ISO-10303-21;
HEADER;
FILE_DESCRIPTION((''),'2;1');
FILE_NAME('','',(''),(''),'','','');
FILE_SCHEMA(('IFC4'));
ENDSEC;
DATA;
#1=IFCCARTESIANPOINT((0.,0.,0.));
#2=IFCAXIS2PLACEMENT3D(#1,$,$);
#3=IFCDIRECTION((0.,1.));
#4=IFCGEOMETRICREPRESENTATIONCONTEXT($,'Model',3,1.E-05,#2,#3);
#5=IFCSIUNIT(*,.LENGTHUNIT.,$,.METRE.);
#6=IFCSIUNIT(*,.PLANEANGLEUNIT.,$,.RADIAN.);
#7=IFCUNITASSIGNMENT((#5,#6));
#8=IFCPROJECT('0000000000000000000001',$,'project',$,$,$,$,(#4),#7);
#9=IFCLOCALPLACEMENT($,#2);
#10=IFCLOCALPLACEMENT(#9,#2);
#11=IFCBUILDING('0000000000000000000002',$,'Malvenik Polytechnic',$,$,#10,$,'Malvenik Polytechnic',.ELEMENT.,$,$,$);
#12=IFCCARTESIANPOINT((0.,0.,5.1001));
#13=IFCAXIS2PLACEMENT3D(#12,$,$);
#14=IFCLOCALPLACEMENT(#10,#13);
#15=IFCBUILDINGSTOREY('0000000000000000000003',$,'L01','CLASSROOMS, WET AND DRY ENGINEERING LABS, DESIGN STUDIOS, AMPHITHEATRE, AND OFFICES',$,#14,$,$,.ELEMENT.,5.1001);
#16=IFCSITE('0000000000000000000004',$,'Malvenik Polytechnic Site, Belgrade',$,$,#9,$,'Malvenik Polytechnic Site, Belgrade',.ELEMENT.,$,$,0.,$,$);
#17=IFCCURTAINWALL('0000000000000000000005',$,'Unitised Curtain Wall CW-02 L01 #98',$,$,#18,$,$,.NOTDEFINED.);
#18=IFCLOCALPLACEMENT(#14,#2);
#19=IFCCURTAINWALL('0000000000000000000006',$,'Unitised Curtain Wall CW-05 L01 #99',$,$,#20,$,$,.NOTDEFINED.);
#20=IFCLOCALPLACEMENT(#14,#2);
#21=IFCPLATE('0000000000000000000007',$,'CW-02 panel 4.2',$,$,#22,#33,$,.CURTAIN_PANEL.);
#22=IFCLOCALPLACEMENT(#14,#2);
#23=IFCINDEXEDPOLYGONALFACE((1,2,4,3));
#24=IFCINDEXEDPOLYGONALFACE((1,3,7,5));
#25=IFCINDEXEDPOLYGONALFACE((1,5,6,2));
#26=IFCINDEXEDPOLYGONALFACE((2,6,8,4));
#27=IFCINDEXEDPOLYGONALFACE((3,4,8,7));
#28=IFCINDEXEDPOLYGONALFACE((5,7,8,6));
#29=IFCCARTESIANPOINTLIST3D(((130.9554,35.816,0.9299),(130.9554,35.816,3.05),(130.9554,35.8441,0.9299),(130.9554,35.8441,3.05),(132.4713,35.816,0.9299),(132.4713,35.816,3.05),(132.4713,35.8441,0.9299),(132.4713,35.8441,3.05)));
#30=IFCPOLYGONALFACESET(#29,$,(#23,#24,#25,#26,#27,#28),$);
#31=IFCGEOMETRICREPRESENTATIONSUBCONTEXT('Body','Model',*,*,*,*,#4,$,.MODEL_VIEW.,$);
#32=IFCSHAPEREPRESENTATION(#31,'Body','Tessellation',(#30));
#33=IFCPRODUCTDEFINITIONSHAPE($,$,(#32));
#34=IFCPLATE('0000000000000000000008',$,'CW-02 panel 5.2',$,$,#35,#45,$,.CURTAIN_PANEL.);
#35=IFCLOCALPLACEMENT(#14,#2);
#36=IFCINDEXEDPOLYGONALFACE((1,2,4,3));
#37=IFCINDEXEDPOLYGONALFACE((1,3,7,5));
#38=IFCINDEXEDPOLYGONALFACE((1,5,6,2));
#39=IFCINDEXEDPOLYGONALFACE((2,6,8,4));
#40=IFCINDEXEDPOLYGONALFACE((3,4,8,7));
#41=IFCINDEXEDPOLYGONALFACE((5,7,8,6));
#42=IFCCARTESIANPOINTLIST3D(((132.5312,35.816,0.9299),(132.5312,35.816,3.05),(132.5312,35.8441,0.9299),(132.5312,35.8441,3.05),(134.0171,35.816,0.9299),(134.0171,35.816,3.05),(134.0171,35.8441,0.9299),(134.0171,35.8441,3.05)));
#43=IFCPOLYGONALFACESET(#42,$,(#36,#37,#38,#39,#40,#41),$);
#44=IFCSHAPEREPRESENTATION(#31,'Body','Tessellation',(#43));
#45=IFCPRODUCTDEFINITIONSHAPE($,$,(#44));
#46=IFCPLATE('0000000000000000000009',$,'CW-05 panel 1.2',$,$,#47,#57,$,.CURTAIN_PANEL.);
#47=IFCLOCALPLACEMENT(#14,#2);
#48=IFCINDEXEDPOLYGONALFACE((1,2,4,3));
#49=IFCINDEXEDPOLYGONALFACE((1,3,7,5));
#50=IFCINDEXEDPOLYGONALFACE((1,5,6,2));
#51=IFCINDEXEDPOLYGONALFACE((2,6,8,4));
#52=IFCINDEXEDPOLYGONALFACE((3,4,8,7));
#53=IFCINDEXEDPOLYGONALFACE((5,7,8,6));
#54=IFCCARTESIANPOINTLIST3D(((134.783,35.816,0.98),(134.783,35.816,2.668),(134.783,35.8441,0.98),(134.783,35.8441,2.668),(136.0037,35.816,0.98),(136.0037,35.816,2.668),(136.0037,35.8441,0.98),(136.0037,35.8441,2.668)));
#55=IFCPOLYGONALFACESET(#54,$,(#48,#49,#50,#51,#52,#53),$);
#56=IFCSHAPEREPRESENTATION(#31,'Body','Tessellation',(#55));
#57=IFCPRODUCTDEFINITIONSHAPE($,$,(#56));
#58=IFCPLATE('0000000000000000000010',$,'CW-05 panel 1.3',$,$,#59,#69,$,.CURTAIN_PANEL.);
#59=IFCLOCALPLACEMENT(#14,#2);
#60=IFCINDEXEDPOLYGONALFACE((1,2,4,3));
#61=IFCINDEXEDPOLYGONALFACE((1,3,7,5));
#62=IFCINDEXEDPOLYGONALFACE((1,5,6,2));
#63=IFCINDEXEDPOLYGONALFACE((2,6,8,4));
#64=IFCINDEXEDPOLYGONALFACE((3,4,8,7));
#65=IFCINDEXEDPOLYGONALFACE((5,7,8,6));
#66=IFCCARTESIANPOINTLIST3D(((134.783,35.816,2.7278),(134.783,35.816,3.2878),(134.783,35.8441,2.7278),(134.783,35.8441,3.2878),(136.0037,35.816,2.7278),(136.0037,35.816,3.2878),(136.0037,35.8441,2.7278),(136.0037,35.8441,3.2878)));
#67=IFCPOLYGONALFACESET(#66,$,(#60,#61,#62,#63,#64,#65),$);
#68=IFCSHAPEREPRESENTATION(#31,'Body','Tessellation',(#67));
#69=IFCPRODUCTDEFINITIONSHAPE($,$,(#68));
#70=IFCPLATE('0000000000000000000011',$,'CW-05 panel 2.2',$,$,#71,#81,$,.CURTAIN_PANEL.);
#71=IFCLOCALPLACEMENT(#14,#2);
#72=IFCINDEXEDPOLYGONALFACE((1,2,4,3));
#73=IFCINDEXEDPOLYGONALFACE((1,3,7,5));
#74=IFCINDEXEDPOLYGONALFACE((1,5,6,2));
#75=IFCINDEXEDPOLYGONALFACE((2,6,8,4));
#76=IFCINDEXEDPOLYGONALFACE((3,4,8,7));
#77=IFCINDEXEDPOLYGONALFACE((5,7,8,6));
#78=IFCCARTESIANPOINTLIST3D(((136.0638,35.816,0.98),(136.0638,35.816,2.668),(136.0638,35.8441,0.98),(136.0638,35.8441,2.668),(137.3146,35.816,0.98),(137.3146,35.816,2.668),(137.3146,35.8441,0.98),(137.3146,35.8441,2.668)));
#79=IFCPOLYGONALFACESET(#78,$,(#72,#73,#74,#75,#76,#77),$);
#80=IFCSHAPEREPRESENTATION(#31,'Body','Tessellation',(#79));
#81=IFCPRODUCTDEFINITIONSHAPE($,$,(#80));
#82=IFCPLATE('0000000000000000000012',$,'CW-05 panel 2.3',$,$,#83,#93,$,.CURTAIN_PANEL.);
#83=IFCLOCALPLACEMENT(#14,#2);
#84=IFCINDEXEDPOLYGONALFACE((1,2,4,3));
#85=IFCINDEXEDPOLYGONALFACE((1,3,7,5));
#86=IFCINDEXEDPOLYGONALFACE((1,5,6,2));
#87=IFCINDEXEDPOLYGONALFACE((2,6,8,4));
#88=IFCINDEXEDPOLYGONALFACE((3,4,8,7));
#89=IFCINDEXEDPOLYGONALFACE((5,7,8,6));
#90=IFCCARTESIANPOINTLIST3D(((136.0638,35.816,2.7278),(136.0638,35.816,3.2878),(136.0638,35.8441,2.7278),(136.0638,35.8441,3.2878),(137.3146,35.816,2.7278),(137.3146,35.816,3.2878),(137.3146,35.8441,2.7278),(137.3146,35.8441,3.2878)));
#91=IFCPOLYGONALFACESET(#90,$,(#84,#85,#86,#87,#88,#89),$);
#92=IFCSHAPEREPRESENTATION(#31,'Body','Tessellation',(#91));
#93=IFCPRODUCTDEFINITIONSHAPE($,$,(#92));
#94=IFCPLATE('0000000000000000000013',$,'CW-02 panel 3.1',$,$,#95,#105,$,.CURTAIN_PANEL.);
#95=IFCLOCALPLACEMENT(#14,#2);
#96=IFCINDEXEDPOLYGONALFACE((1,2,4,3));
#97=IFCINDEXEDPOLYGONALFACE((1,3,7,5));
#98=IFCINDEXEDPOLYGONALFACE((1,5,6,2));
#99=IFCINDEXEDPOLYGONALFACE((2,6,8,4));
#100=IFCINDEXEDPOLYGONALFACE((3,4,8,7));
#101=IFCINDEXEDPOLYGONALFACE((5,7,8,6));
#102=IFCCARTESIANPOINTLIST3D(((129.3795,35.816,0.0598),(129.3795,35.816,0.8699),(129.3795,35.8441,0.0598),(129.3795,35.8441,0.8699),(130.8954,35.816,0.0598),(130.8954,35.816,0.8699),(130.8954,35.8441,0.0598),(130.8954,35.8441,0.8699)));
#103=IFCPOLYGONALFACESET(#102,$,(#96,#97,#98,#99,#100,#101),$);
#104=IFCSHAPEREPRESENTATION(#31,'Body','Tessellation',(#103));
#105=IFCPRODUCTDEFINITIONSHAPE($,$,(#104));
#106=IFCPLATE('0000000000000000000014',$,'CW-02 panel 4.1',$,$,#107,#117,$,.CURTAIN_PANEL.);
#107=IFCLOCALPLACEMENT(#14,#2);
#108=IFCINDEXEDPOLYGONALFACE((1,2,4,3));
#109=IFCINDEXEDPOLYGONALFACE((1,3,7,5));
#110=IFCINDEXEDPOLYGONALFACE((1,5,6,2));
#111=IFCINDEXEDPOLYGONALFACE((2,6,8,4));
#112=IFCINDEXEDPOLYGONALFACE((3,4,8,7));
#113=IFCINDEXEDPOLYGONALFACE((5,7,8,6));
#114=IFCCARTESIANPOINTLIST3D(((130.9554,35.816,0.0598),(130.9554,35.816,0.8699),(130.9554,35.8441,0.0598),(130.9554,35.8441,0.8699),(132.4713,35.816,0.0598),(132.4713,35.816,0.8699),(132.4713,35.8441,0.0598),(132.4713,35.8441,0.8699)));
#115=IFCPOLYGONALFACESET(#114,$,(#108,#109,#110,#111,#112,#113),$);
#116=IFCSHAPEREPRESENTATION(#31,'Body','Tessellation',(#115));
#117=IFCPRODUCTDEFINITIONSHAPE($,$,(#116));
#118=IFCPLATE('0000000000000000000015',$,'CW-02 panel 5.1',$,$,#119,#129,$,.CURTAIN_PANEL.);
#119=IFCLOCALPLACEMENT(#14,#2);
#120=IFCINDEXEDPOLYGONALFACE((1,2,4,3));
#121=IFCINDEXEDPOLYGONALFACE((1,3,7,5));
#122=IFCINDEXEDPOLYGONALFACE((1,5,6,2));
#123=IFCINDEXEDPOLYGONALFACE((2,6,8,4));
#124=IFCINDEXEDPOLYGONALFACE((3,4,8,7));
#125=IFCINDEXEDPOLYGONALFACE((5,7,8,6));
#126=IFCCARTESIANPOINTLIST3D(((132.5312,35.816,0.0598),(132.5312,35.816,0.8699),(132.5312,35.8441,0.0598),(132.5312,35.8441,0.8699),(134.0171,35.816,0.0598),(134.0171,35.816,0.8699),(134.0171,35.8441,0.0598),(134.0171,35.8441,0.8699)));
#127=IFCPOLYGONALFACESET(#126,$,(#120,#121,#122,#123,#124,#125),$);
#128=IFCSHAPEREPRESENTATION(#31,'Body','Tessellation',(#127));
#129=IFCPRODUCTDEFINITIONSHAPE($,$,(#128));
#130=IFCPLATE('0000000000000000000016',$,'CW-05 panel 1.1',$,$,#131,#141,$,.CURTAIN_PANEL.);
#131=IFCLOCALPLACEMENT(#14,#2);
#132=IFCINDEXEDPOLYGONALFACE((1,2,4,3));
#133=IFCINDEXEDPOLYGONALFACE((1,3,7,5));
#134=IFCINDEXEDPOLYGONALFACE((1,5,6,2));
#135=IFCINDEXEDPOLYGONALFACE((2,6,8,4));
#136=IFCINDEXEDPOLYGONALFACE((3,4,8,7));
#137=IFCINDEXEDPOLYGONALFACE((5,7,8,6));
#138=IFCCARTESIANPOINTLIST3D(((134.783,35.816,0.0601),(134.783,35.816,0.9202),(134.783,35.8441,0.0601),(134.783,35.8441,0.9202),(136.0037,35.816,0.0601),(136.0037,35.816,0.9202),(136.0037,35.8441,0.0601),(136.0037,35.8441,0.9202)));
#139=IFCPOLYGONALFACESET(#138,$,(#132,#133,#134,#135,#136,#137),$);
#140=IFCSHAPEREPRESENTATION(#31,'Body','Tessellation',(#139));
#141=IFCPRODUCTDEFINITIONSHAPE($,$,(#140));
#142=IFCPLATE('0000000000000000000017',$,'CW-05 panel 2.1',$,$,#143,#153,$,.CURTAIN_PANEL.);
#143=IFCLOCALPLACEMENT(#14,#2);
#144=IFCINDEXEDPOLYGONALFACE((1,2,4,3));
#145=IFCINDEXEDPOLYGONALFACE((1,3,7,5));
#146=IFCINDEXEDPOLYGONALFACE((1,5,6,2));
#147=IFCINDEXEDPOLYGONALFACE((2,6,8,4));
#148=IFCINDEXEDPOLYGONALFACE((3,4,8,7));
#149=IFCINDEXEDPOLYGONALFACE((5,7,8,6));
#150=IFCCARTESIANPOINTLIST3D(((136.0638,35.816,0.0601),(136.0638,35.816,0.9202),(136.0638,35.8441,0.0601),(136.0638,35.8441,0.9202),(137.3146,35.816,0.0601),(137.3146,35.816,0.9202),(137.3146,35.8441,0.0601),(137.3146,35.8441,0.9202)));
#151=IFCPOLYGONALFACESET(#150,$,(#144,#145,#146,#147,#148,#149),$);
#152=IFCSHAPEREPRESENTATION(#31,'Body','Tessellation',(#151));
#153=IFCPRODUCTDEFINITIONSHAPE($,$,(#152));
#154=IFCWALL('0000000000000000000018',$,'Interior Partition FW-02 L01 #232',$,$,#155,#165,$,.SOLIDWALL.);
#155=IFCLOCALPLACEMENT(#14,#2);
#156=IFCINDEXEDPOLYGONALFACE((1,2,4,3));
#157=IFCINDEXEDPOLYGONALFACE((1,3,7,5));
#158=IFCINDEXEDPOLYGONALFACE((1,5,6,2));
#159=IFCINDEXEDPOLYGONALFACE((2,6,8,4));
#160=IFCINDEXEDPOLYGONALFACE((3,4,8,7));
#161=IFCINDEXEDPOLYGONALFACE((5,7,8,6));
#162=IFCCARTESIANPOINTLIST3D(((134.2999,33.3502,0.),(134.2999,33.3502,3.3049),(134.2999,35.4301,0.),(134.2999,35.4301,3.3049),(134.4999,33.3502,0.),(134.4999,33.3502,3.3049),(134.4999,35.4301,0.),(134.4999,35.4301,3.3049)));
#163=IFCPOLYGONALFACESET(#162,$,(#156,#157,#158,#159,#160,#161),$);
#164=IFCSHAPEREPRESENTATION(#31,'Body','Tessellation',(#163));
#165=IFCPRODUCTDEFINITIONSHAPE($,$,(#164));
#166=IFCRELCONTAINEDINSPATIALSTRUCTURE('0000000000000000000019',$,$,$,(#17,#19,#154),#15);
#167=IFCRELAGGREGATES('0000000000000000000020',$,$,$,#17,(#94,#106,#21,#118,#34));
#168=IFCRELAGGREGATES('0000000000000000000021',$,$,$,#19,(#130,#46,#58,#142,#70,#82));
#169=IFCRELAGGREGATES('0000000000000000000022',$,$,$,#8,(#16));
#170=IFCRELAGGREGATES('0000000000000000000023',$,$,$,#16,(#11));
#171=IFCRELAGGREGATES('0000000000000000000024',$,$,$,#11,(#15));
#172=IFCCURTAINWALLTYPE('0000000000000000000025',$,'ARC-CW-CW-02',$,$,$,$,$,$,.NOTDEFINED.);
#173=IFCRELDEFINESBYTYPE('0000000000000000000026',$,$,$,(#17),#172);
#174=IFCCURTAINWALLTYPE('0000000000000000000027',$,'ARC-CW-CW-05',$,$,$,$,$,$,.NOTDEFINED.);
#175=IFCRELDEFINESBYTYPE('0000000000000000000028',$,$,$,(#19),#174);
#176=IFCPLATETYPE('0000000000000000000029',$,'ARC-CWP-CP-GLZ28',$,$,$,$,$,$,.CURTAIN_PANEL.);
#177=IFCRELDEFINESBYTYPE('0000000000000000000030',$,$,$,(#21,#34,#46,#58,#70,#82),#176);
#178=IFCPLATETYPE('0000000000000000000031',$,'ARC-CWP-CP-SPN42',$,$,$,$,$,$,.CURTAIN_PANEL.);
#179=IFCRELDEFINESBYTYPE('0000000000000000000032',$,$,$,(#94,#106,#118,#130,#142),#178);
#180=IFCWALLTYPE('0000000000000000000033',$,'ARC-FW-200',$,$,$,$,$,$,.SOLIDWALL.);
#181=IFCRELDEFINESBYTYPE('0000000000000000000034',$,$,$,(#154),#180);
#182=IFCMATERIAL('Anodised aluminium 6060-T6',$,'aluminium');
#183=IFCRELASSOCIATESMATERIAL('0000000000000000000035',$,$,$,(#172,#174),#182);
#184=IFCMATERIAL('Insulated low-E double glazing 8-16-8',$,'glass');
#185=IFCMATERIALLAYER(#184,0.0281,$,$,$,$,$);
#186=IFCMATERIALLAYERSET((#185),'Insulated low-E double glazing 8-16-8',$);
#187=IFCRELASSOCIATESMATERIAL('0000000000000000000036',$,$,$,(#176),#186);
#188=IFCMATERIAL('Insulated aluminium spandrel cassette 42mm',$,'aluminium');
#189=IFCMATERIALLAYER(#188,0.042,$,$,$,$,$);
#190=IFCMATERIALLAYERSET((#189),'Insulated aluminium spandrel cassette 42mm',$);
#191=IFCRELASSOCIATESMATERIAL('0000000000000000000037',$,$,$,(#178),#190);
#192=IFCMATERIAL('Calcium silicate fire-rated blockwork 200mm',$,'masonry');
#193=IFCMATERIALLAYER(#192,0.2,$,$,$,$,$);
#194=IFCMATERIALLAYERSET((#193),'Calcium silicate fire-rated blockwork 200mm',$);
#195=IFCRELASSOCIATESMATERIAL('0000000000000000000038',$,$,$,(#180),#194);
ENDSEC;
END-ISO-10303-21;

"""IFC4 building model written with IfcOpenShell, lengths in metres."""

from ifc_helpers import new_model, si_unit, direction, frame, frame_2d, origin, origin_2d, place, context, subcontext, project, spatial, rectangle, extrude, material, layer, layer_set, type_object, element, aggregate, save


model = new_model("IFC4")

# Units and contexts
model_context = context("Model", 3, precision=1e-05, world=origin(), true_north=direction((0.0, 1.0)))
body_context = subcontext(model_context, "Body", "Model", "MODEL_VIEW")
ifc_project = project(units=[si_unit("LENGTHUNIT", "METRE"), si_unit("PLANEANGLEUNIT", "RADIAN")], contexts=[model_context])

# Site, building, storey
site_placement = place(None, origin())
site = spatial("IfcSite", under=ifc_project, at=site_placement, Name="Malvenik Polytechnic Site, Belgrade", LongName="Malvenik Polytechnic Site, Belgrade", CompositionType="ELEMENT", RefElevation=0.0)
building_placement = place(site_placement, origin())
building = spatial("IfcBuilding", under=site, at=building_placement, Name="Malvenik Polytechnic", LongName="Malvenik Polytechnic", CompositionType="ELEMENT")
storey_placement = place(building_placement, frame((0.0, 0.0, 5.1001)))
storey = spatial("IfcBuildingStorey", under=building, at=storey_placement, Name="L01", Description="CLASSROOMS, WET AND DRY ENGINEERING LABS, DESIGN STUDIOS, AMPHITHEATRE, AND OFFICES", CompositionType="ELEMENT", Elevation=5.1001)

# Curtain walls
ifc_material_1 = material(Name="Anodised aluminium 6060-T6", Category="aluminium")
curtain_wall_type_1 = type_object("IfcCurtainWallType", Name="ARC-CW-CW-02", PredefinedType="NOTDEFINED", material=ifc_material_1)
curtain_wall_1_placement = place(storey_placement, origin())
curtain_wall_1 = element("IfcCurtainWall", 1, at=curtain_wall_1_placement, inside=storey, type_object=curtain_wall_type_1, Name="Unitised Curtain Wall CW-02 L01 #98", PredefinedType="NOTDEFINED")
curtain_wall_type_2 = type_object("IfcCurtainWallType", Name="ARC-CW-CW-05", PredefinedType="NOTDEFINED", material=ifc_material_1)
curtain_wall_2_placement = place(storey_placement, origin())
curtain_wall_2 = element("IfcCurtainWall", 2, at=curtain_wall_2_placement, inside=storey, type_object=curtain_wall_type_2, Name="Unitised Curtain Wall CW-05 L01 #99", PredefinedType="NOTDEFINED")

# Plates
ifc_material_2 = material(Name="Insulated low-E double glazing 8-16-8", Category="glass")
ifc_layer_1 = layer(ifc_material_2, 0.0281)
ifc_layer_set_1 = layer_set([ifc_layer_1], Name="Insulated low-E double glazing 8-16-8")
plate_type_1 = type_object("IfcPlateType", Name="ARC-CWP-CP-GLZ28", PredefinedType="CURTAIN_PANEL", material=ifc_layer_set_1)
plate_1_placement = place(storey_placement, frame((131.7134, 35.8301, 0.9299), z_axis=(0.0, 0.0, 1.0), x_axis=(1.0, 0.0, 0.0)))
plate_1 = element("IfcPlate", 3, at=plate_1_placement, type_object=plate_type_1, Name="CW-02 panel 4.2", PredefinedType="CURTAIN_PANEL", context=body_context, shape_type="SweptSolid", body=[
    extrude(rectangle(XDim=1.5159, YDim=0.0281, at=origin_2d()), origin(), (0.0, 0.0, 1.0), 2.1201),
])
plate_2_placement = place(storey_placement, frame((133.2742, 35.8301, 0.9299), z_axis=(0.0, 0.0, 1.0), x_axis=(1.0, 0.0, 0.0)))
plate_2 = element("IfcPlate", 4, at=plate_2_placement, type_object=plate_type_1, Name="CW-02 panel 5.2", PredefinedType="CURTAIN_PANEL", context=body_context, shape_type="SweptSolid", body=[
    extrude(rectangle(XDim=1.4858, YDim=0.0281, at=origin_2d()), origin(), (0.0, 0.0, 1.0), 2.1201),
])
plate_3_placement = place(storey_placement, frame((135.3933, 35.8301, 0.98), z_axis=(0.0, 0.0, 1.0), x_axis=(1.0, 0.0, 0.0)))
plate_3 = element("IfcPlate", 5, at=plate_3_placement, type_object=plate_type_1, Name="CW-05 panel 1.2", PredefinedType="CURTAIN_PANEL", context=body_context, shape_type="SweptSolid", body=[
    extrude(rectangle(XDim=1.2207, YDim=0.0281, at=origin_2d()), origin(), (0.0, 0.0, 1.0), 1.688),
])
plate_4_placement = place(storey_placement, frame((135.3933, 35.8301, 2.7278), z_axis=(0.0, 0.0, 1.0), x_axis=(1.0, 0.0, 0.0)))
plate_4 = element("IfcPlate", 6, at=plate_4_placement, type_object=plate_type_1, Name="CW-05 panel 1.3", PredefinedType="CURTAIN_PANEL", context=body_context, shape_type="SweptSolid", body=[
    extrude(rectangle(XDim=1.2207, YDim=0.0281, at=origin_2d()), origin(), (0.0, 0.0, 1.0), 0.5601),
])
plate_5_placement = place(storey_placement, frame((136.6892, 35.8301, 0.98), z_axis=(0.0, 0.0, 1.0), x_axis=(1.0, 0.0, 0.0)))
plate_5 = element("IfcPlate", 7, at=plate_5_placement, type_object=plate_type_1, Name="CW-05 panel 2.2", PredefinedType="CURTAIN_PANEL", context=body_context, shape_type="SweptSolid", body=[
    extrude(rectangle(XDim=1.2507, YDim=0.0281, at=origin_2d()), origin(), (0.0, 0.0, 1.0), 1.688),
])
plate_6_placement = place(storey_placement, frame((136.6892, 35.8301, 2.7278), z_axis=(0.0, 0.0, 1.0), x_axis=(1.0, 0.0, 0.0)))
plate_6 = element("IfcPlate", 8, at=plate_6_placement, type_object=plate_type_1, Name="CW-05 panel 2.3", PredefinedType="CURTAIN_PANEL", context=body_context, shape_type="SweptSolid", body=[
    extrude(rectangle(XDim=1.2507, YDim=0.0281, at=origin_2d()), origin(), (0.0, 0.0, 1.0), 0.5601),
])
ifc_material_3 = material(Name="Insulated aluminium spandrel cassette 42mm", Category="aluminium")
ifc_layer_2 = layer(ifc_material_3, 0.042)
ifc_layer_set_2 = layer_set([ifc_layer_2], Name="Insulated aluminium spandrel cassette 42mm")
plate_type_2 = type_object("IfcPlateType", Name="ARC-CWP-CP-SPN42", PredefinedType="CURTAIN_PANEL", material=ifc_layer_set_2)
plate_7_placement = place(storey_placement, frame((130.1375, 35.8301, 0.0598), z_axis=(0.0, 0.0, 1.0), x_axis=(1.0, 0.0, 0.0)))
plate_7 = element("IfcPlate", 9, at=plate_7_placement, type_object=plate_type_2, Name="CW-02 panel 3.1", PredefinedType="CURTAIN_PANEL", context=body_context, shape_type="SweptSolid", body=[
    extrude(rectangle(XDim=1.5159, YDim=0.0281, at=origin_2d()), origin(), (0.0, 0.0, 1.0), 0.8101),
])
plate_8_placement = place(storey_placement, frame((131.7134, 35.8301, 0.0598), z_axis=(0.0, 0.0, 1.0), x_axis=(1.0, 0.0, 0.0)))
plate_8 = element("IfcPlate", 10, at=plate_8_placement, type_object=plate_type_2, Name="CW-02 panel 4.1", PredefinedType="CURTAIN_PANEL", context=body_context, shape_type="SweptSolid", body=[
    extrude(rectangle(XDim=1.5159, YDim=0.0281, at=origin_2d()), origin(), (0.0, 0.0, 1.0), 0.8101),
])
plate_9_placement = place(storey_placement, frame((133.2742, 35.8301, 0.0598), z_axis=(0.0, 0.0, 1.0), x_axis=(1.0, 0.0, 0.0)))
plate_9 = element("IfcPlate", 11, at=plate_9_placement, type_object=plate_type_2, Name="CW-02 panel 5.1", PredefinedType="CURTAIN_PANEL", context=body_context, shape_type="SweptSolid", body=[
    extrude(rectangle(XDim=1.4858, YDim=0.0281, at=origin_2d()), origin(), (0.0, 0.0, 1.0), 0.8101),
])
aggregate(curtain_wall_1, [plate_7, plate_8, plate_1, plate_9, plate_2])
plate_10_placement = place(storey_placement, frame((135.3933, 35.8301, 0.0601), z_axis=(0.0, 0.0, 1.0), x_axis=(1.0, 0.0, 0.0)))
plate_10 = element("IfcPlate", 12, at=plate_10_placement, type_object=plate_type_2, Name="CW-05 panel 1.1", PredefinedType="CURTAIN_PANEL", context=body_context, shape_type="SweptSolid", body=[
    extrude(rectangle(XDim=1.2207, YDim=0.0281, at=origin_2d()), origin(), (0.0, 0.0, 1.0), 0.8601),
])
plate_11_placement = place(storey_placement, frame((136.6892, 35.8301, 0.0601), z_axis=(0.0, 0.0, 1.0), x_axis=(1.0, 0.0, 0.0)))
plate_11 = element("IfcPlate", 13, at=plate_11_placement, type_object=plate_type_2, Name="CW-05 panel 2.1", PredefinedType="CURTAIN_PANEL", context=body_context, shape_type="SweptSolid", body=[
    extrude(rectangle(XDim=1.2507, YDim=0.0281, at=origin_2d()), origin(), (0.0, 0.0, 1.0), 0.8601),
])
aggregate(curtain_wall_2, [plate_10, plate_3, plate_4, plate_11, plate_5, plate_6])

# Wall
ifc_material_4 = material(Name="Calcium silicate fire-rated blockwork 200mm", Category="masonry")
ifc_layer_3 = layer(ifc_material_4, 0.2)
ifc_layer_set_3 = layer_set([ifc_layer_3], Name="Calcium silicate fire-rated blockwork 200mm")
wall_type = type_object("IfcWallType", Name="ARC-FW-200", PredefinedType="SOLIDWALL", material=ifc_layer_set_3)
wall_placement = place(storey_placement, frame((134.3999, 33.3501, 0.0), z_axis=(0.0, 0.0, 1.0), x_axis=(0.0, 1.0, 0.0)))
element("IfcWall", 14, at=wall_placement, inside=storey, type_object=wall_type, Name="Interior Partition FW-02 L01 #232", PredefinedType="SOLIDWALL", context=body_context, shape_type="SweptSolid", body=[
    extrude(rectangle(XDim=2.0798, YDim=0.2, at=frame_2d((1.04, 0.0))), origin(), (0.0, 0.0, 1.0), 3.3049),
])

save(model, "model.ifc")
